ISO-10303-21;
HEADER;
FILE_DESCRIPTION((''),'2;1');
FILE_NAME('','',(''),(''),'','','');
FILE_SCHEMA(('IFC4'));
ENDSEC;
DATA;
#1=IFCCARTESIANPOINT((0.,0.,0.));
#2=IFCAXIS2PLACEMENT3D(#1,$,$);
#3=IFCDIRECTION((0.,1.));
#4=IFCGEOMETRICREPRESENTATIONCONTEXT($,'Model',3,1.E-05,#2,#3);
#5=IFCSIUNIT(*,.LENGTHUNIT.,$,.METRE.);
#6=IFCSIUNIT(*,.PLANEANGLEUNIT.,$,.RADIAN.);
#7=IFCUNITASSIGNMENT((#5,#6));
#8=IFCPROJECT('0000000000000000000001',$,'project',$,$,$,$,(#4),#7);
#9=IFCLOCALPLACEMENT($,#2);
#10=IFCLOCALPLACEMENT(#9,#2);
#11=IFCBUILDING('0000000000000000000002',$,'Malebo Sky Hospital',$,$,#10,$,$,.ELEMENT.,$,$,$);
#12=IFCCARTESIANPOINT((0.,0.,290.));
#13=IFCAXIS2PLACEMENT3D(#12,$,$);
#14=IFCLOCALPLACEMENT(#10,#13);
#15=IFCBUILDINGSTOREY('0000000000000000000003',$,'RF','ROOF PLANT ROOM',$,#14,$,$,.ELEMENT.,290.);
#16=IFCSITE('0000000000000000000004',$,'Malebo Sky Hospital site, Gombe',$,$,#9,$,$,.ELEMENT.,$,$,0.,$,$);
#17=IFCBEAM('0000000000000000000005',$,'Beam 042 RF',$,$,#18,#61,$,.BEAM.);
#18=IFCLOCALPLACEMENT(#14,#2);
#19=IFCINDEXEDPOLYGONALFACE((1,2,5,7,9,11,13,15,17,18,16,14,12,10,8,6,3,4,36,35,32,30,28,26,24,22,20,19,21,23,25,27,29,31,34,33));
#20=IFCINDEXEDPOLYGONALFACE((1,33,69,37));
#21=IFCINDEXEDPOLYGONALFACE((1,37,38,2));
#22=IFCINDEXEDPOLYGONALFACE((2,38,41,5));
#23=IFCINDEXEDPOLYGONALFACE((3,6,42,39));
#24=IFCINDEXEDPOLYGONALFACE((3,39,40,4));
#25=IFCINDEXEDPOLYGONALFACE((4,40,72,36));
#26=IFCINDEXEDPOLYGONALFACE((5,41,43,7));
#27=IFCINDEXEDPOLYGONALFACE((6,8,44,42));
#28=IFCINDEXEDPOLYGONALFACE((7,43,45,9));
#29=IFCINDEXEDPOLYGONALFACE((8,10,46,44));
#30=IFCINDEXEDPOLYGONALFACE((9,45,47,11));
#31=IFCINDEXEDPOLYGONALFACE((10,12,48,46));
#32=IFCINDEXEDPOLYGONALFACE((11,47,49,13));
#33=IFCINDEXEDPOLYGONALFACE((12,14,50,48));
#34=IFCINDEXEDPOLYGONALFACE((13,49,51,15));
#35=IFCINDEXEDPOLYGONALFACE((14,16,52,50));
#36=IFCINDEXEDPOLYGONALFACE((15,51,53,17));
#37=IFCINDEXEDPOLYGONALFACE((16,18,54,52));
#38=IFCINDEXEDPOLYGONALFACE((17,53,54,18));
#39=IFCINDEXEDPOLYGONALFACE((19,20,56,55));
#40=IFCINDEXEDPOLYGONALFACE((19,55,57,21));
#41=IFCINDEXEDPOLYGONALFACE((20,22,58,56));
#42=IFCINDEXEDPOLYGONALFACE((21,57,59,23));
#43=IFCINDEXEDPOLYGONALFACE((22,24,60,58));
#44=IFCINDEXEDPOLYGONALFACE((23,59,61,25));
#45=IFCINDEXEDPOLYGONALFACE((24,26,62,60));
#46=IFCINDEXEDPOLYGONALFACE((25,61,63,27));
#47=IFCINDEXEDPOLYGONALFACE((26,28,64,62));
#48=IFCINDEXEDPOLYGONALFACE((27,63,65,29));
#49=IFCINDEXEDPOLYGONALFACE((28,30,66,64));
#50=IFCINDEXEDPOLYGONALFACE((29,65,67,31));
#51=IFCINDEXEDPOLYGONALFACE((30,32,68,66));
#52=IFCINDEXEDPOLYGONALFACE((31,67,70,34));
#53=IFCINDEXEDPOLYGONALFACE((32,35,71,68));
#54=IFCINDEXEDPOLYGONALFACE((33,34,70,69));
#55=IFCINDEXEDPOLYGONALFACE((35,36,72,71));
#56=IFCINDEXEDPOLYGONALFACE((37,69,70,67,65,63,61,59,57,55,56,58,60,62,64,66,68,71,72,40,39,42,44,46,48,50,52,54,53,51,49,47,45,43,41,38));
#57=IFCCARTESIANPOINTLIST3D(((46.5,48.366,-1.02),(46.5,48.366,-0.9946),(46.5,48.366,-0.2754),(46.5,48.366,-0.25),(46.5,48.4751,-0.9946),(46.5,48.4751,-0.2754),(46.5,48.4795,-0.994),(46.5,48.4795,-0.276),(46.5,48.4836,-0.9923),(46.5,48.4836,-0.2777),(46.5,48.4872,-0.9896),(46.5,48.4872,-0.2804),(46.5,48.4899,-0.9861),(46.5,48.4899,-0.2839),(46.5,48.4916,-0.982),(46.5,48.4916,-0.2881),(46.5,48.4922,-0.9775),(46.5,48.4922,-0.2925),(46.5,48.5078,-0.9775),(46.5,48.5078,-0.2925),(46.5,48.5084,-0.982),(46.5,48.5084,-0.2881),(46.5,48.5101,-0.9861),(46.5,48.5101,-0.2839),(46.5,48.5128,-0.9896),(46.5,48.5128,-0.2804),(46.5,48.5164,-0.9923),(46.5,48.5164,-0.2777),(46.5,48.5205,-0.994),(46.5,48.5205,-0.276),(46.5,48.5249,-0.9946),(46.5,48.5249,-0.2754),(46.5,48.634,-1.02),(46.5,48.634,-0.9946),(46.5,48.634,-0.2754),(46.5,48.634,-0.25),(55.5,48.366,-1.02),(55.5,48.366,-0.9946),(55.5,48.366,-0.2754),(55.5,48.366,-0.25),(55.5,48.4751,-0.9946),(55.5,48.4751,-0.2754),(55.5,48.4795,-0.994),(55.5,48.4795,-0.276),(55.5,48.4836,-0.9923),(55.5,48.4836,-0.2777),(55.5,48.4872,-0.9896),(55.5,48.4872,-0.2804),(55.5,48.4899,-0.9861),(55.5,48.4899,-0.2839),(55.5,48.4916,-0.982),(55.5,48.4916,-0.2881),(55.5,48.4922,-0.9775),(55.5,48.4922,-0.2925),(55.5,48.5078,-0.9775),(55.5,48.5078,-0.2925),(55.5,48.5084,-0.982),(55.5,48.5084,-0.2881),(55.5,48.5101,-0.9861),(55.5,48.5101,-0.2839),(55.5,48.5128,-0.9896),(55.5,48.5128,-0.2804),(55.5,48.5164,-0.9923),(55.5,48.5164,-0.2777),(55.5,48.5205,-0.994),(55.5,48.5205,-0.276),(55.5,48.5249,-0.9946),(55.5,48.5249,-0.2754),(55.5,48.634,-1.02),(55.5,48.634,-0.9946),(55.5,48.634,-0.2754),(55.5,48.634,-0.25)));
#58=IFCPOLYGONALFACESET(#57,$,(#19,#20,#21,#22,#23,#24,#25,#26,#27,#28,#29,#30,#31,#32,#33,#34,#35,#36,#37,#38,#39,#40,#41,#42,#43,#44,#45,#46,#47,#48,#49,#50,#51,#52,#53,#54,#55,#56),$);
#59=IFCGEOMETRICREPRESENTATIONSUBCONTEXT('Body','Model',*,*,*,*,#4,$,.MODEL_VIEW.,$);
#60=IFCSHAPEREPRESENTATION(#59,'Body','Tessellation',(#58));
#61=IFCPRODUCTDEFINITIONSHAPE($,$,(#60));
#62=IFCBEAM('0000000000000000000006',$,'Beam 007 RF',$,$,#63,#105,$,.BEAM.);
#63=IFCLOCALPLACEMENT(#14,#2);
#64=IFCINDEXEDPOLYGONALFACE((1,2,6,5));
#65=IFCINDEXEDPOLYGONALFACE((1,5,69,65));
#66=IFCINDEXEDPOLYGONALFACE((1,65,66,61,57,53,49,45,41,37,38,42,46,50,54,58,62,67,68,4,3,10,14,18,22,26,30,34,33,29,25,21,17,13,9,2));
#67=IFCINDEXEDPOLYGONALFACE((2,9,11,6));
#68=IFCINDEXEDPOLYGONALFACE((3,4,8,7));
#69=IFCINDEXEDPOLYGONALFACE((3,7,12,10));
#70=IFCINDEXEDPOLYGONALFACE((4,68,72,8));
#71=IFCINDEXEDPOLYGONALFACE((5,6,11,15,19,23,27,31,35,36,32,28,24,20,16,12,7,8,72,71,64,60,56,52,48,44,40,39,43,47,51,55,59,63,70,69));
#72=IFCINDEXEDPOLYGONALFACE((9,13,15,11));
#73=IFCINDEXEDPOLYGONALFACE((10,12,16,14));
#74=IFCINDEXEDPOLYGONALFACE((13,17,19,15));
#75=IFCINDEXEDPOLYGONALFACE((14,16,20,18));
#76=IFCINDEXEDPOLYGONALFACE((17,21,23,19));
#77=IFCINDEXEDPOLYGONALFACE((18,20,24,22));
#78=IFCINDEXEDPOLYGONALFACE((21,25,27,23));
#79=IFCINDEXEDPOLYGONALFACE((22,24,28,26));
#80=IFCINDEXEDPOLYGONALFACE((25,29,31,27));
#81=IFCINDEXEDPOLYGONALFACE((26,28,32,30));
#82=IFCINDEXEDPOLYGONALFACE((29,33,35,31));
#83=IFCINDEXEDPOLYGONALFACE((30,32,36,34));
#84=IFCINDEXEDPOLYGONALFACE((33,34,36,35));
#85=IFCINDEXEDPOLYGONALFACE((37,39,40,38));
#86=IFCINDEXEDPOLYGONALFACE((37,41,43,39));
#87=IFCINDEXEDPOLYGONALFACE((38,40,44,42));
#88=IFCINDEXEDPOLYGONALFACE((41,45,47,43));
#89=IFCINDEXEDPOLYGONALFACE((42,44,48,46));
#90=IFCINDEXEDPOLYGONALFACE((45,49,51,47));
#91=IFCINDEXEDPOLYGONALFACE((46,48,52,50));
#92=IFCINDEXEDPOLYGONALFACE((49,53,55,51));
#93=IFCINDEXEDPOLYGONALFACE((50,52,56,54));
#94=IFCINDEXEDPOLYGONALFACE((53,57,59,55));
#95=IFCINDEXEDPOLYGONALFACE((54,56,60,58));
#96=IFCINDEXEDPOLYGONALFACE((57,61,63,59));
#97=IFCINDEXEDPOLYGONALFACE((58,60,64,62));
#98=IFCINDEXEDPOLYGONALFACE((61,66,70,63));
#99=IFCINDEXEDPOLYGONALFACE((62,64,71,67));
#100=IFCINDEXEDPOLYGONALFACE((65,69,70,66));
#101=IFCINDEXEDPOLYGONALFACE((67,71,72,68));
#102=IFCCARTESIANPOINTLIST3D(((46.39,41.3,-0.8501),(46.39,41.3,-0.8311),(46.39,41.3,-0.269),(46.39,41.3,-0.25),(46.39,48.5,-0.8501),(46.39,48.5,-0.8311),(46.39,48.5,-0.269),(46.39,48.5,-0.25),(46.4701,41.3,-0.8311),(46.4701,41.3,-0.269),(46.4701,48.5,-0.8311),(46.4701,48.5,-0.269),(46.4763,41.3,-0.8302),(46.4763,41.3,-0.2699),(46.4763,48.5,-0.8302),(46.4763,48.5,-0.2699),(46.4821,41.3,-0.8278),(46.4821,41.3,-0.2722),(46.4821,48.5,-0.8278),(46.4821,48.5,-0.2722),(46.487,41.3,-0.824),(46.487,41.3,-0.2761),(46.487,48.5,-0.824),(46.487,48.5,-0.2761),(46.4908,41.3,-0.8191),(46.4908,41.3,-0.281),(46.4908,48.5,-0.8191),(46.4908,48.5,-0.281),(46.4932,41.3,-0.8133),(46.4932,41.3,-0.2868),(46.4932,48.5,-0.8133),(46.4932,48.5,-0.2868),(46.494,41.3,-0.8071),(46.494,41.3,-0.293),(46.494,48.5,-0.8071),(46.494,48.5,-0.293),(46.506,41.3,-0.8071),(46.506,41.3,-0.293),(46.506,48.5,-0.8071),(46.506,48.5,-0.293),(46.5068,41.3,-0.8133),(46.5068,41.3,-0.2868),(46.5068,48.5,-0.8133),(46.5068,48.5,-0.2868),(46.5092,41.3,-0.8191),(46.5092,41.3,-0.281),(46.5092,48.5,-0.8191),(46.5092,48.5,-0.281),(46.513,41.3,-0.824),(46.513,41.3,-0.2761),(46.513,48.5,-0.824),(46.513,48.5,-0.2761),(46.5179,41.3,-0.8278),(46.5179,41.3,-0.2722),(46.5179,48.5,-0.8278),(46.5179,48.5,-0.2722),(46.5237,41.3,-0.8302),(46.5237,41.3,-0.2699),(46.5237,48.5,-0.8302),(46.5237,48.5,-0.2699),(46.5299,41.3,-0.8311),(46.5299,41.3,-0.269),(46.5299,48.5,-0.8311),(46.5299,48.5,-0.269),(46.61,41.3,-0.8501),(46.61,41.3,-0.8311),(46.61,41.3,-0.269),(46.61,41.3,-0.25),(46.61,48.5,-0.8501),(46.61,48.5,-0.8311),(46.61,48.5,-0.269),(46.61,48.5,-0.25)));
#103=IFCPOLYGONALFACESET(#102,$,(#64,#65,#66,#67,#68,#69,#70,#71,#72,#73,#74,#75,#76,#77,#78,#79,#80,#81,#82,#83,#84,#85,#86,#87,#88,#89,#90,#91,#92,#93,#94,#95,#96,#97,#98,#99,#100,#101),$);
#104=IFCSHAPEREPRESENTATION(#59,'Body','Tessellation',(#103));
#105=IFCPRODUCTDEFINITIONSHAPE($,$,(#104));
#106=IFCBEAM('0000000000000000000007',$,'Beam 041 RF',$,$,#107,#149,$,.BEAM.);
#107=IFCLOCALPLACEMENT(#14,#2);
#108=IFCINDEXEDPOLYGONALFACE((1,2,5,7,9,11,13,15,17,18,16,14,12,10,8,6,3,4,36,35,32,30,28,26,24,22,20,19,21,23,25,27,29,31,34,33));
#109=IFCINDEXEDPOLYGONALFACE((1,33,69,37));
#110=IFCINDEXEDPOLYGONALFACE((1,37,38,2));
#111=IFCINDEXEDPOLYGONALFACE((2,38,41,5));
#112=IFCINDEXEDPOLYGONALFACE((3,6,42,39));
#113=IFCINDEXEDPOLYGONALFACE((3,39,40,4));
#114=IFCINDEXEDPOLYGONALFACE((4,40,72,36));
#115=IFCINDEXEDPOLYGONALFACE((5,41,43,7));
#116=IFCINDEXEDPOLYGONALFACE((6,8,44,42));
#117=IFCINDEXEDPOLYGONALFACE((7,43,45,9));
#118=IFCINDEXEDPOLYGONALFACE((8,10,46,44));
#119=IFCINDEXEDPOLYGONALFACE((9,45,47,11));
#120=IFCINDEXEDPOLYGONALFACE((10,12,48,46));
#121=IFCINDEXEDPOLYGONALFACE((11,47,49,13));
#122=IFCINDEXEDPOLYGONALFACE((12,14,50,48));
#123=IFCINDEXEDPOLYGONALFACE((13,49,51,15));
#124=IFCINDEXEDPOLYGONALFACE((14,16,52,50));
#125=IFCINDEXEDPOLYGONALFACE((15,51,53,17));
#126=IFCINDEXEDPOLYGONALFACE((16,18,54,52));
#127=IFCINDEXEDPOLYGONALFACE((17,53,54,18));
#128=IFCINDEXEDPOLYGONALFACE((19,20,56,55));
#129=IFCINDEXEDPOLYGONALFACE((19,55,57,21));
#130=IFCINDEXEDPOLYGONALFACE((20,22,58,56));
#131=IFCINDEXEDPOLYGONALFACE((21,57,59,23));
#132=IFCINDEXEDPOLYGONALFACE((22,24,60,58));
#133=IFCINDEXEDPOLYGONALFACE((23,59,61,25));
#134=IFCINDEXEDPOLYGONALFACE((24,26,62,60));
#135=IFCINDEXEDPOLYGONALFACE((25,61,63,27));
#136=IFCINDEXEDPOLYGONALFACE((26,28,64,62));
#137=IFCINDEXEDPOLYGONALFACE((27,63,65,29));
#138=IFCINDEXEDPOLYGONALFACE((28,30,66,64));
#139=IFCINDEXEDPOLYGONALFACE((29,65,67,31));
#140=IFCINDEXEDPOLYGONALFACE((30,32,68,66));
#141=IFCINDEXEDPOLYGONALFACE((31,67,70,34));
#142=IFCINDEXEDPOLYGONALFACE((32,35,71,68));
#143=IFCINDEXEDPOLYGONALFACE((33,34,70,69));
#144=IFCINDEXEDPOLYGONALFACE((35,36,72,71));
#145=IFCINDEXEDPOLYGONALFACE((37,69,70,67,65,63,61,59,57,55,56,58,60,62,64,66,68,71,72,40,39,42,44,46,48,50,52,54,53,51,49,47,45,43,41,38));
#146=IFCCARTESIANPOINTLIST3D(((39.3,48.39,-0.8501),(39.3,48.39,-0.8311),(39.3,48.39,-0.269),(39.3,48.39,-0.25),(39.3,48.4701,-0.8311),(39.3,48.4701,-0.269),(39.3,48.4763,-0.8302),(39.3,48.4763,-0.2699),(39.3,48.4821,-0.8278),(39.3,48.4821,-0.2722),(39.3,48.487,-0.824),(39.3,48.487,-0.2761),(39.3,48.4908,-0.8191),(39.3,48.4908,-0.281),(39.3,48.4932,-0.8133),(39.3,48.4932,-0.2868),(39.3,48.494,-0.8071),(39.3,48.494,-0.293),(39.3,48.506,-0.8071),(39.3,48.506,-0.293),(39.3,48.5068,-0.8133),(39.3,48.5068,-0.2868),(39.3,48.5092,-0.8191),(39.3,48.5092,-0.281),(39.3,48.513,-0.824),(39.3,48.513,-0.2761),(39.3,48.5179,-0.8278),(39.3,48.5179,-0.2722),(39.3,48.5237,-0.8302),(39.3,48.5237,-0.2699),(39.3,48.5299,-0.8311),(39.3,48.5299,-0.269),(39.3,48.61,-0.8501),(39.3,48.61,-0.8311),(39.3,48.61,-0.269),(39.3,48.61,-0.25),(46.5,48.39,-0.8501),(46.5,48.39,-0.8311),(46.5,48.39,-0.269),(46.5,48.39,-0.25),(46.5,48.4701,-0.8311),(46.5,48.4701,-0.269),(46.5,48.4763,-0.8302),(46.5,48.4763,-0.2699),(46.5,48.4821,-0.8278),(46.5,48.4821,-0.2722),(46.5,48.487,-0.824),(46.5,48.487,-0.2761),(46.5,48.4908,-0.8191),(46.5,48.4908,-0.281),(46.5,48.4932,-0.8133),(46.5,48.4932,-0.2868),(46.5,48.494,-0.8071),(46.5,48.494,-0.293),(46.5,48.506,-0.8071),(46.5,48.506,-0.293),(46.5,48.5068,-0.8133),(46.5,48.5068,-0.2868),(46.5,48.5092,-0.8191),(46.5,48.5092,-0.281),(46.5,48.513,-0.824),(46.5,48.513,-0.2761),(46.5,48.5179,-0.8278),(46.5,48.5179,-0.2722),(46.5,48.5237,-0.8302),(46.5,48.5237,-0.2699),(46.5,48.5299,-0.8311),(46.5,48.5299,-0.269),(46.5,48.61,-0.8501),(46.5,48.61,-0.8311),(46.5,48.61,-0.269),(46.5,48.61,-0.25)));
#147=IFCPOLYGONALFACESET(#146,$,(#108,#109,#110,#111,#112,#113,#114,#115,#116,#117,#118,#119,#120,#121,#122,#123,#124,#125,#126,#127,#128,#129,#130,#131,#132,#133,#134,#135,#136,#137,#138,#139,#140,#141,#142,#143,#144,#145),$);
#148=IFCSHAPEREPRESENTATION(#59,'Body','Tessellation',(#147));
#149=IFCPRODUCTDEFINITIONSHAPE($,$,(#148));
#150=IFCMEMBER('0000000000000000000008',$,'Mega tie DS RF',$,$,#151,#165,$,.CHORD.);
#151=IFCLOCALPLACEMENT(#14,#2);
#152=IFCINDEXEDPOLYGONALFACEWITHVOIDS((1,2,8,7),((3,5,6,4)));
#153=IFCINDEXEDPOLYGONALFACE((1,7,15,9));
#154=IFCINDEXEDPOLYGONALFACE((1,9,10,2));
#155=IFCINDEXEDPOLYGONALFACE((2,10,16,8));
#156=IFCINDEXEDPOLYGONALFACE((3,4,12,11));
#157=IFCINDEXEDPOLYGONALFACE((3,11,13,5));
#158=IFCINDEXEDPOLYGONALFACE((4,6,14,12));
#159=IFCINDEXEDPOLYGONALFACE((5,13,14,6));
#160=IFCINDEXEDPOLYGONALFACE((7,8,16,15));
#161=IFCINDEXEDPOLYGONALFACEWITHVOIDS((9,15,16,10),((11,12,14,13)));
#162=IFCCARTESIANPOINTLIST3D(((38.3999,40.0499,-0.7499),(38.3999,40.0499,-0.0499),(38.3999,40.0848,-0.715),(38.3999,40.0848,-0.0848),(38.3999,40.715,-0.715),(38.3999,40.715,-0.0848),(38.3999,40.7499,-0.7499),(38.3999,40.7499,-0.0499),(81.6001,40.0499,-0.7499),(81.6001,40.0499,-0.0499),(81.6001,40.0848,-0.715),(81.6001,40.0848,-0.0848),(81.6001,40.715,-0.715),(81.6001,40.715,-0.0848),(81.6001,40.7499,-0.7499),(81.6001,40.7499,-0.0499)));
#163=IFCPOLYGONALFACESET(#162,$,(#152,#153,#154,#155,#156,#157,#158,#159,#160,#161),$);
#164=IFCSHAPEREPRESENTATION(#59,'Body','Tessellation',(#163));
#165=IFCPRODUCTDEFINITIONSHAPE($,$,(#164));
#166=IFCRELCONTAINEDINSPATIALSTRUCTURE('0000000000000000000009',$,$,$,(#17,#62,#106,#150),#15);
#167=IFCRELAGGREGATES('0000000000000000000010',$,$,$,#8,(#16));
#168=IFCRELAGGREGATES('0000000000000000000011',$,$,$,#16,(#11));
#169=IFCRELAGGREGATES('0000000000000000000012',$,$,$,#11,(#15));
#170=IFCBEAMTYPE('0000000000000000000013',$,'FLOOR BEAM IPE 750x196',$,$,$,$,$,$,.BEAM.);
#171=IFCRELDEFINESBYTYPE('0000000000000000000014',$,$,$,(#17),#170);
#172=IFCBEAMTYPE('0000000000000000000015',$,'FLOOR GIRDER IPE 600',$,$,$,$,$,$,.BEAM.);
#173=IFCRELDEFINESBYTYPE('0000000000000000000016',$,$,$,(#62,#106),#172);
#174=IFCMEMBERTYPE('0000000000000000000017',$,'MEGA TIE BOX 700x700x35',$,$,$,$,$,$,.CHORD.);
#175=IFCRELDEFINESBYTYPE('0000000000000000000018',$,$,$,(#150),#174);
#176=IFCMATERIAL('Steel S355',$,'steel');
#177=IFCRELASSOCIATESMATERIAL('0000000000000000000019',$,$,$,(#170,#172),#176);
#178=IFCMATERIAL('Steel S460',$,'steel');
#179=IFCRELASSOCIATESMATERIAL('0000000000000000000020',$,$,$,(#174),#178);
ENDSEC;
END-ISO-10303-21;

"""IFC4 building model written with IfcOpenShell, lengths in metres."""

from ifc_helpers import new_model, si_unit, direction, frame, origin, origin_2d, place, context, subcontext, project, spatial, hollow_rectangle, i_section, extrude, material, material_profile, profile_set, type_object, element, save


model = new_model("IFC4")

# Units and contexts
model_context = context("Model", 3, precision=1e-05, world=origin(), true_north=direction((0.0, 1.0)))
body_context = subcontext(model_context, "Body", "Model", "MODEL_VIEW")
ifc_project = project(units=[si_unit("LENGTHUNIT", "METRE"), si_unit("PLANEANGLEUNIT", "RADIAN")], contexts=[model_context])

# Site, building, storey
site_placement = place(None, origin())
site = spatial("IfcSite", under=ifc_project, at=site_placement, Name="Malebo Sky Hospital site, Gombe", CompositionType="ELEMENT", RefElevation=0.0)
building_placement = place(site_placement, origin())
building = spatial("IfcBuilding", under=site, at=building_placement, Name="Malebo Sky Hospital", CompositionType="ELEMENT")
storey_placement = place(building_placement, frame((0.0, 0.0, 290.0)))
storey = spatial("IfcBuildingStorey", under=building, at=storey_placement, Name="RF", Description="ROOF PLANT ROOM", CompositionType="ELEMENT", Elevation=290.0)

# Beams
ifc_material_1 = material(Name="Steel S355", Category="steel")
ifc_material_profile_1 = material_profile(ifc_material_1, i_section(OverallWidth=0.2681, OverallDepth=0.77, WebThickness=0.0156, FlangeThickness=0.0254, FilletRadius=0.0171, at=origin_2d()), Name="IPE 750x196")
ifc_profile_set_1 = profile_set([ifc_material_profile_1], Name="Steel S355")
beam_type_1 = type_object("IfcBeamType", Name="FLOOR BEAM IPE 750x196", PredefinedType="BEAM", material=ifc_profile_set_1)
for number, where, z_axis, x_axis, name in (
    (1, (46.5, 48.5, -0.635), (1.0, 0.0, 0.0), (0.0, 1.0, 0.0), "Beam 042 RF"),
):
    element("IfcBeam", number, at=place(storey_placement, frame(where, z_axis=z_axis, x_axis=x_axis)), inside=storey, type_object=beam_type_1, Name=name, PredefinedType="BEAM", context=body_context, shape_type="SweptSolid", body=[
        extrude(i_section(OverallWidth=0.2681, OverallDepth=0.77, WebThickness=0.0156, FlangeThickness=0.0254, FilletRadius=0.0171, at=origin_2d()), origin(), (0.0, 0.0, 1.0), 9.0),
    ])
ifc_material_profile_2 = material_profile(ifc_material_1, i_section(OverallWidth=0.22, OverallDepth=0.6001, WebThickness=0.012, FlangeThickness=0.019, FilletRadius=0.0239, at=origin_2d()), Name="IPE 600")
ifc_profile_set_2 = profile_set([ifc_material_profile_2], Name="Steel S355")
beam_type_2 = type_object("IfcBeamType", Name="FLOOR GIRDER IPE 600", PredefinedType="BEAM", material=ifc_profile_set_2)
for number, where, z_axis, x_axis, name in (
    (2, (46.5, 41.3, -0.55), (0.0, 1.0, 0.0), (-1.0, 0.0, 0.0), "Beam 007 RF"),
    (3, (39.3, 48.5, -0.55), (1.0, 0.0, 0.0), (0.0, 1.0, 0.0), "Beam 041 RF"),
):
    element("IfcBeam", number, at=place(storey_placement, frame(where, z_axis=z_axis, x_axis=x_axis)), inside=storey, type_object=beam_type_2, Name=name, PredefinedType="BEAM", context=body_context, shape_type="SweptSolid", body=[
        extrude(i_section(OverallWidth=0.22, OverallDepth=0.6001, WebThickness=0.012, FlangeThickness=0.019, FilletRadius=0.0239, at=origin_2d()), origin(), (0.0, 0.0, 1.0), 7.2),
    ])

# Member
ifc_material_2 = material(Name="Steel S460", Category="steel")
ifc_material_profile_3 = material_profile(ifc_material_2, hollow_rectangle(XDim=0.7, YDim=0.7, WallThickness=0.0349, at=origin_2d()), Name="BOX 700x700x35")
ifc_profile_set_3 = profile_set([ifc_material_profile_3], Name="Steel S460")
member_type = type_object("IfcMemberType", Name="MEGA TIE BOX 700x700x35", PredefinedType="CHORD", material=ifc_profile_set_3)
member_placement = place(storey_placement, frame((38.3999, 40.3999, -0.3999), z_axis=(1.0, 0.0, 0.0), x_axis=(0.0, 1.0, 0.0)))
element("IfcMember", 4, at=member_placement, inside=storey, type_object=member_type, Name="Mega tie DS RF", PredefinedType="CHORD", context=body_context, shape_type="SweptSolid", body=[
    extrude(hollow_rectangle(XDim=0.7, YDim=0.7, WallThickness=0.0349, at=origin_2d()), origin(), (0.0, 0.0, 1.0), 43.2002),
])

save(model, "model.ifc")
